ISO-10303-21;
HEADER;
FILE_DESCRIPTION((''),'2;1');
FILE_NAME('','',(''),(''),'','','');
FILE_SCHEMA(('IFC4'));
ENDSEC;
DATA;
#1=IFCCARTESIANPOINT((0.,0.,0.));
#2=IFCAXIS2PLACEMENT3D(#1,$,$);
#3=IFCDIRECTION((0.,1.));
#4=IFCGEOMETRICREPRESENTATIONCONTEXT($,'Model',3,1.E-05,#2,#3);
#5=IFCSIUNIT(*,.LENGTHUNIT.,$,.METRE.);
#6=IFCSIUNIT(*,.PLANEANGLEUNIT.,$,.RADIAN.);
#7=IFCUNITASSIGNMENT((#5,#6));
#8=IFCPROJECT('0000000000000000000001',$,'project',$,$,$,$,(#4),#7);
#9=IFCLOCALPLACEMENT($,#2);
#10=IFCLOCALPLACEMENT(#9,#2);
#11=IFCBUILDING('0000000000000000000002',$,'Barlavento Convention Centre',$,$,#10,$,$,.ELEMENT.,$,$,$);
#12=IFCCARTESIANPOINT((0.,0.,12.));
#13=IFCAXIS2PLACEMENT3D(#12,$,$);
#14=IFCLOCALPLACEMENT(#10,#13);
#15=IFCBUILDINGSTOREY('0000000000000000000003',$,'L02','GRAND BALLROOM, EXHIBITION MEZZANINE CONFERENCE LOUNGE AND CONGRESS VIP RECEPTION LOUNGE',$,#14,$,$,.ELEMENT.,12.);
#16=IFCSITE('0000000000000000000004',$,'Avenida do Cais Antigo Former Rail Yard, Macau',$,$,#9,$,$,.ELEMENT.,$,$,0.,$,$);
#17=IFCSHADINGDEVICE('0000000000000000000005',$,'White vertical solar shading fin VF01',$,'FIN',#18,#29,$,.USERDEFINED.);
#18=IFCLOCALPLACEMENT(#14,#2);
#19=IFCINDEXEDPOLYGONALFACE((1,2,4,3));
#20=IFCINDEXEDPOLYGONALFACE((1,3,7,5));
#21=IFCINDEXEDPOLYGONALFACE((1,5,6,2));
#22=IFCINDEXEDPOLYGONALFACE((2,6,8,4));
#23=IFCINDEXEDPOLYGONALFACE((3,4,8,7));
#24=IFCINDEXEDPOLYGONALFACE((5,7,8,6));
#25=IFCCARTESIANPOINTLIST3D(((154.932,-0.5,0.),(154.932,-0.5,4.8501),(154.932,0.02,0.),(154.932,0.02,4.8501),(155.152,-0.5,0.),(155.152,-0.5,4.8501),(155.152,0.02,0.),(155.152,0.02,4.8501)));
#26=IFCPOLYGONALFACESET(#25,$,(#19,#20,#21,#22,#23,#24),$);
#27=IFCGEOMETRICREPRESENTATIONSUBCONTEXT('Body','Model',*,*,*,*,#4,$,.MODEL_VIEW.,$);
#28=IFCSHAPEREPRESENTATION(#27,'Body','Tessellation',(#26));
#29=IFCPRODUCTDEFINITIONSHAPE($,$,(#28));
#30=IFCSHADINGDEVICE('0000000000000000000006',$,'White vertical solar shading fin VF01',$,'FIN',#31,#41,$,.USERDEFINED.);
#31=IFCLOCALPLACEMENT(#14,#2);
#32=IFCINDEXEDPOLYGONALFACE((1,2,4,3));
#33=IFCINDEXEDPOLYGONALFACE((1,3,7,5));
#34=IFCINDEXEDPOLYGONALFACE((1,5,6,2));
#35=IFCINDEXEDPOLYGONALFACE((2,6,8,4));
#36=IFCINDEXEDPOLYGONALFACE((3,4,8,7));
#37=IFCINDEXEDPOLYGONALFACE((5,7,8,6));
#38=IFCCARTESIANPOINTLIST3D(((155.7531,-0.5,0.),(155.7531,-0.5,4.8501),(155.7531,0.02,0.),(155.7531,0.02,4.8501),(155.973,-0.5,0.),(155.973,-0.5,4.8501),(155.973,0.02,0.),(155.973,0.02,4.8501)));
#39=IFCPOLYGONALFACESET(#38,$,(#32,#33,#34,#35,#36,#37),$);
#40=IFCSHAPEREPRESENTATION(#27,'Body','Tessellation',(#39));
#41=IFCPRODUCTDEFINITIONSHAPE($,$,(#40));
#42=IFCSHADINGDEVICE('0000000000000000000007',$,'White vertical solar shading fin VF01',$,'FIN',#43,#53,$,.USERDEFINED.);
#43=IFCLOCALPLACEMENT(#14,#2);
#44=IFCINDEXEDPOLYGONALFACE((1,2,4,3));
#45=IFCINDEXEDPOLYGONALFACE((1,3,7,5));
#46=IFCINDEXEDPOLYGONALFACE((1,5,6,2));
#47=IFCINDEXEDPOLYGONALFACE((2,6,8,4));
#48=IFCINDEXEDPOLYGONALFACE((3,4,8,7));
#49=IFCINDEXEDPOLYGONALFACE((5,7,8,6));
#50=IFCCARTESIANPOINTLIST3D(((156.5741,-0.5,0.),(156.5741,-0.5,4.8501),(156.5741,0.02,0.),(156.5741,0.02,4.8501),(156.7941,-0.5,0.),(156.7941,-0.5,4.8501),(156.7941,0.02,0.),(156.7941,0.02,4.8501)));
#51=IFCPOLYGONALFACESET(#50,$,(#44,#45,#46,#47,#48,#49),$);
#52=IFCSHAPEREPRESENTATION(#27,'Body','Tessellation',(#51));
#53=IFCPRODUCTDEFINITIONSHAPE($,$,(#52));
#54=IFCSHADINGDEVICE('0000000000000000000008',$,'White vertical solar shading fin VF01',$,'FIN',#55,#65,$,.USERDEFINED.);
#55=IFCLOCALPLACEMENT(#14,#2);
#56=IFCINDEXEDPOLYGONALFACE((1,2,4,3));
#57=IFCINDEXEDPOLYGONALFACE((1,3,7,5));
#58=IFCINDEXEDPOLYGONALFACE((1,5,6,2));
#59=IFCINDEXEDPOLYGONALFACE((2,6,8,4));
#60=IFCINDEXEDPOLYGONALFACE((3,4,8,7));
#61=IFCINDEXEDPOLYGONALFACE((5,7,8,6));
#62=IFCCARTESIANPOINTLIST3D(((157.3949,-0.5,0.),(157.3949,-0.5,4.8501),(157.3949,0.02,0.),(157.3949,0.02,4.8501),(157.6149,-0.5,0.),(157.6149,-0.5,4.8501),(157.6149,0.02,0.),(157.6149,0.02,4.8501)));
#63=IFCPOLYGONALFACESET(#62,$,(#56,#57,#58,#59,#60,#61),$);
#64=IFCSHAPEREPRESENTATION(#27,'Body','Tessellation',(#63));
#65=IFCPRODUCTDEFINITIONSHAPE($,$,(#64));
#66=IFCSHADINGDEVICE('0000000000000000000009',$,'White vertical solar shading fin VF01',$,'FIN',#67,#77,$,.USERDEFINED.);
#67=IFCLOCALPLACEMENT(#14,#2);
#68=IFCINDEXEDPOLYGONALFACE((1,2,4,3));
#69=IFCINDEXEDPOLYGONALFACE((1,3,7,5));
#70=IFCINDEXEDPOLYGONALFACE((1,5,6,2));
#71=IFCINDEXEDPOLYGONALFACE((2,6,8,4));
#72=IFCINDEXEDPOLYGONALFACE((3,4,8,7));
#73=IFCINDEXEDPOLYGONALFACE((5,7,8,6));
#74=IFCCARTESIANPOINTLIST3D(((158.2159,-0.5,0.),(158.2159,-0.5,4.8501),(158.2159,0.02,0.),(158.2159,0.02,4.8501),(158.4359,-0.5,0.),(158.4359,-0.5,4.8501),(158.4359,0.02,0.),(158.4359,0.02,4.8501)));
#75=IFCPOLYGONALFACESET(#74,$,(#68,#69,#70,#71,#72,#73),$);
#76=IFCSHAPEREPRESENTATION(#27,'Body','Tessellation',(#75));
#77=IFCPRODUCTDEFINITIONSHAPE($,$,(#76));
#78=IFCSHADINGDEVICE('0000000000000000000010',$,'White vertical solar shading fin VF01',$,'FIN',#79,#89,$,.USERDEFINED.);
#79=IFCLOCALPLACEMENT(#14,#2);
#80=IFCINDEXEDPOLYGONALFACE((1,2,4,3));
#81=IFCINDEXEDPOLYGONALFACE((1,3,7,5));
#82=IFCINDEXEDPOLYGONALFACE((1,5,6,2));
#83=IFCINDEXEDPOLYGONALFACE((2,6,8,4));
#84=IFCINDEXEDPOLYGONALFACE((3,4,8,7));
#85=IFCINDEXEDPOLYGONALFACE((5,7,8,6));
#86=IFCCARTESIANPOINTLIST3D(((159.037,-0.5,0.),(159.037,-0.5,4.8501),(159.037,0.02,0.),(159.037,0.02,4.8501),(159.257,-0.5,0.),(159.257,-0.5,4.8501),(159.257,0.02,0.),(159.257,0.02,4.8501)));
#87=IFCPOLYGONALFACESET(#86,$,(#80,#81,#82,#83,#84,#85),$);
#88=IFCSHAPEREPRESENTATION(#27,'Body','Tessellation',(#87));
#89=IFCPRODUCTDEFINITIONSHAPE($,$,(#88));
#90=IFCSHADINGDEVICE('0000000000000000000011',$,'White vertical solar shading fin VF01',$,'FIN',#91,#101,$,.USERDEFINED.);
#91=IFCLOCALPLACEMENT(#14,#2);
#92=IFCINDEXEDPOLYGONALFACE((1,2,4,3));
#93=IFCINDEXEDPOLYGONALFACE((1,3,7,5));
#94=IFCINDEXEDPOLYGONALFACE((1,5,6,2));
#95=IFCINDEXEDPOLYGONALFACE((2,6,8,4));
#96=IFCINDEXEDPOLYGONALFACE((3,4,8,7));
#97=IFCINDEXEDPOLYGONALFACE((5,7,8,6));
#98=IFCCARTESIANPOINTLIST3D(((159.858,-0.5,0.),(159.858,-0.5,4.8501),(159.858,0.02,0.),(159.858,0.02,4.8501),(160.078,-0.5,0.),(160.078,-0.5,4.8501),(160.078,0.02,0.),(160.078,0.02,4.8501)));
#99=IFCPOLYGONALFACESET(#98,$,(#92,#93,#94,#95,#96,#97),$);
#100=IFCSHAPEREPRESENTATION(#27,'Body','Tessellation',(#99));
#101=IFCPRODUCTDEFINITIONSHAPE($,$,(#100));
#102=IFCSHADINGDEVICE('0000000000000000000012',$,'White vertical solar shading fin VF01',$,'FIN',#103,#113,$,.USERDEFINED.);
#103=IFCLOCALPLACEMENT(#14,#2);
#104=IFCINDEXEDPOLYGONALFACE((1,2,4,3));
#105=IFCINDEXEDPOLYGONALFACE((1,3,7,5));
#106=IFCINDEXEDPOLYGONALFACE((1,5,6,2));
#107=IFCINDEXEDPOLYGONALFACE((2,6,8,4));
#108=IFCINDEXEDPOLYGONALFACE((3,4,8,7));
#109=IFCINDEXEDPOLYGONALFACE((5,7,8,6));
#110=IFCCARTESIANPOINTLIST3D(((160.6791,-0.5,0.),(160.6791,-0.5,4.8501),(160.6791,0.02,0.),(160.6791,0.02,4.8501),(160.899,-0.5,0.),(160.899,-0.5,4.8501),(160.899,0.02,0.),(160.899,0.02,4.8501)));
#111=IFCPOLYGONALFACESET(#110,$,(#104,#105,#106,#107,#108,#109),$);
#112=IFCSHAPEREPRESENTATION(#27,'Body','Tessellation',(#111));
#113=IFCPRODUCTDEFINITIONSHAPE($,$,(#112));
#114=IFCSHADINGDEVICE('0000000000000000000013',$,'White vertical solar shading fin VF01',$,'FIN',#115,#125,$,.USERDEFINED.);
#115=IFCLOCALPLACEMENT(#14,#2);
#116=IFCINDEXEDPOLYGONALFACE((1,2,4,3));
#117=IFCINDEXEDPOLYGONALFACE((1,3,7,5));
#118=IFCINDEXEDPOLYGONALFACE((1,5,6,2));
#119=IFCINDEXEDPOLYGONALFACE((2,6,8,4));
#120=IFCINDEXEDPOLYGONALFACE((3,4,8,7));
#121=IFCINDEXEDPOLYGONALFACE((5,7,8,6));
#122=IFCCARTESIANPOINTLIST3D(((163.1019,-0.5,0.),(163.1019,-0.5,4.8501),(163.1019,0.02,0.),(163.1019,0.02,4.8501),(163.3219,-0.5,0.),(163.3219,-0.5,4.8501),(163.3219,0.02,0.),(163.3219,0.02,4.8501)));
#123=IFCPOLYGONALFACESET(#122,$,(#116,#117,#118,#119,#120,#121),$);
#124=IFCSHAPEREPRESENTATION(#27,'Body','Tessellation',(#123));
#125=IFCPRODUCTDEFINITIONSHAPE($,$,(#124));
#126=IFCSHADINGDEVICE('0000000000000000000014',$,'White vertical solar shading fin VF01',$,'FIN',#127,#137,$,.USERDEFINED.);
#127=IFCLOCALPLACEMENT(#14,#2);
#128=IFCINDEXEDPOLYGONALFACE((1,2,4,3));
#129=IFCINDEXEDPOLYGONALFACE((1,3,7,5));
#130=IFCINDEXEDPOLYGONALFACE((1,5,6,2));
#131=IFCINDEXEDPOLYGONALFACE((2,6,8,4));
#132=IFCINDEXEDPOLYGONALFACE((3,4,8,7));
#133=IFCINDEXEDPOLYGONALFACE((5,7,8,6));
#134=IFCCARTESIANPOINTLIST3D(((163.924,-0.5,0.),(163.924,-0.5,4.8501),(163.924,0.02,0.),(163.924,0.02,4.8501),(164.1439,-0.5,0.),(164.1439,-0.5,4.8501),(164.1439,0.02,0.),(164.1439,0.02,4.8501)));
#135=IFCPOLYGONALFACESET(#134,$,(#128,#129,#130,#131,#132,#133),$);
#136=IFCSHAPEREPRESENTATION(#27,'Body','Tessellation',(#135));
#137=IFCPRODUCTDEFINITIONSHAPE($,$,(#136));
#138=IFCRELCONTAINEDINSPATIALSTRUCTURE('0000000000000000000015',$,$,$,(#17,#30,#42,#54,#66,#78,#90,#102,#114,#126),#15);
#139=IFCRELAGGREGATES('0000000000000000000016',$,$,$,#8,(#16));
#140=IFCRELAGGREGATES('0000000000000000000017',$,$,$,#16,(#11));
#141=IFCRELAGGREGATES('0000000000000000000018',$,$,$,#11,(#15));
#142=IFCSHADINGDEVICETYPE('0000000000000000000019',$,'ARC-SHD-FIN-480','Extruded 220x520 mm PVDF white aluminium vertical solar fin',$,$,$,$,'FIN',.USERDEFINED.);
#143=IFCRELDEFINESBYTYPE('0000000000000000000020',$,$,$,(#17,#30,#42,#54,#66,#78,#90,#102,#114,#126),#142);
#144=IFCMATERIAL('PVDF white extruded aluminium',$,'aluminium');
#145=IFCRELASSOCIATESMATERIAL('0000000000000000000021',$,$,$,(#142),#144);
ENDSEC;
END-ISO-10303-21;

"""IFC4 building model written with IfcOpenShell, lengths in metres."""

from ifc_helpers import new_model, si_unit, direction, frame, origin, origin_2d, place, context, subcontext, project, spatial, rectangle, extrude, material, type_object, element, save


model = new_model("IFC4")

# Units and contexts
model_context = context("Model", 3, precision=1e-05, world=origin(), true_north=direction((0.0, 1.0)))
body_context = subcontext(model_context, "Body", "Model", "MODEL_VIEW")
ifc_project = project(units=[si_unit("LENGTHUNIT", "METRE"), si_unit("PLANEANGLEUNIT", "RADIAN")], contexts=[model_context])

# Site, building, storey
site_placement = place(None, origin())
site = spatial("IfcSite", under=ifc_project, at=site_placement, Name="Avenida do Cais Antigo Former Rail Yard, Macau", CompositionType="ELEMENT", RefElevation=0.0)
building_placement = place(site_placement, origin())
building = spatial("IfcBuilding", under=site, at=building_placement, Name="Barlavento Convention Centre", CompositionType="ELEMENT")
storey_placement = place(building_placement, frame((0.0, 0.0, 12.0)))
storey = spatial("IfcBuildingStorey", under=building, at=storey_placement, Name="L02", Description="GRAND BALLROOM, EXHIBITION MEZZANINE CONFERENCE LOUNGE AND CONGRESS VIP RECEPTION LOUNGE", CompositionType="ELEMENT", Elevation=12.0)

# Shading devices
ifc_material_1 = material(Name="PVDF white extruded aluminium", Category="aluminium")
shading_device_type = type_object("IfcShadingDeviceType", Name="ARC-SHD-FIN-480", Description="Extruded 220x520 mm PVDF white aluminium vertical solar fin", ElementType="FIN", PredefinedType="USERDEFINED", material=ifc_material_1)
for number, where, z_axis, x_axis, name in (
    (1, (155.042, -0.24, 0.0), (0.0, 0.0, 1.0), (1.0, 0.0, 0.0), "White vertical solar shading fin VF01"),
    (2, (155.863, -0.24, 0.0), (0.0, 0.0, 1.0), (1.0, 0.0, 0.0), "White vertical solar shading fin VF01"),
    (3, (156.6841, -0.24, 0.0), (0.0, 0.0, 1.0), (1.0, 0.0, 0.0), "White vertical solar shading fin VF01"),
    (4, (157.5049, -0.24, 0.0), (0.0, 0.0, 1.0), (1.0, 0.0, 0.0), "White vertical solar shading fin VF01"),
    (5, (158.3259, -0.24, 0.0), (0.0, 0.0, 1.0), (1.0, 0.0, 0.0), "White vertical solar shading fin VF01"),
    (6, (159.147, -0.24, 0.0), (0.0, 0.0, 1.0), (1.0, 0.0, 0.0), "White vertical solar shading fin VF01"),
    (7, (159.968, -0.24, 0.0), (0.0, 0.0, 1.0), (1.0, 0.0, 0.0), "White vertical solar shading fin VF01"),
    (8, (160.7891, -0.24, 0.0), (0.0, 0.0, 1.0), (1.0, 0.0, 0.0), "White vertical solar shading fin VF01"),
    (9, (163.2119, -0.24, 0.0), (0.0, 0.0, 1.0), (1.0, 0.0, 0.0), "White vertical solar shading fin VF01"),
    (10, (164.0339, -0.24, 0.0), (0.0, 0.0, 1.0), (1.0, 0.0, 0.0), "White vertical solar shading fin VF01"),
):
    element("IfcShadingDevice", number, at=place(storey_placement, frame(where, z_axis=z_axis, x_axis=x_axis)), inside=storey, type_object=shading_device_type, Name=name, ObjectType="FIN", PredefinedType="USERDEFINED", context=body_context, shape_type="SweptSolid", body=[
        extrude(rectangle(XDim=0.22, YDim=0.52, at=origin_2d()), origin(), (0.0, 0.0, 1.0), 4.8501),
    ])

save(model, "model.ifc")
